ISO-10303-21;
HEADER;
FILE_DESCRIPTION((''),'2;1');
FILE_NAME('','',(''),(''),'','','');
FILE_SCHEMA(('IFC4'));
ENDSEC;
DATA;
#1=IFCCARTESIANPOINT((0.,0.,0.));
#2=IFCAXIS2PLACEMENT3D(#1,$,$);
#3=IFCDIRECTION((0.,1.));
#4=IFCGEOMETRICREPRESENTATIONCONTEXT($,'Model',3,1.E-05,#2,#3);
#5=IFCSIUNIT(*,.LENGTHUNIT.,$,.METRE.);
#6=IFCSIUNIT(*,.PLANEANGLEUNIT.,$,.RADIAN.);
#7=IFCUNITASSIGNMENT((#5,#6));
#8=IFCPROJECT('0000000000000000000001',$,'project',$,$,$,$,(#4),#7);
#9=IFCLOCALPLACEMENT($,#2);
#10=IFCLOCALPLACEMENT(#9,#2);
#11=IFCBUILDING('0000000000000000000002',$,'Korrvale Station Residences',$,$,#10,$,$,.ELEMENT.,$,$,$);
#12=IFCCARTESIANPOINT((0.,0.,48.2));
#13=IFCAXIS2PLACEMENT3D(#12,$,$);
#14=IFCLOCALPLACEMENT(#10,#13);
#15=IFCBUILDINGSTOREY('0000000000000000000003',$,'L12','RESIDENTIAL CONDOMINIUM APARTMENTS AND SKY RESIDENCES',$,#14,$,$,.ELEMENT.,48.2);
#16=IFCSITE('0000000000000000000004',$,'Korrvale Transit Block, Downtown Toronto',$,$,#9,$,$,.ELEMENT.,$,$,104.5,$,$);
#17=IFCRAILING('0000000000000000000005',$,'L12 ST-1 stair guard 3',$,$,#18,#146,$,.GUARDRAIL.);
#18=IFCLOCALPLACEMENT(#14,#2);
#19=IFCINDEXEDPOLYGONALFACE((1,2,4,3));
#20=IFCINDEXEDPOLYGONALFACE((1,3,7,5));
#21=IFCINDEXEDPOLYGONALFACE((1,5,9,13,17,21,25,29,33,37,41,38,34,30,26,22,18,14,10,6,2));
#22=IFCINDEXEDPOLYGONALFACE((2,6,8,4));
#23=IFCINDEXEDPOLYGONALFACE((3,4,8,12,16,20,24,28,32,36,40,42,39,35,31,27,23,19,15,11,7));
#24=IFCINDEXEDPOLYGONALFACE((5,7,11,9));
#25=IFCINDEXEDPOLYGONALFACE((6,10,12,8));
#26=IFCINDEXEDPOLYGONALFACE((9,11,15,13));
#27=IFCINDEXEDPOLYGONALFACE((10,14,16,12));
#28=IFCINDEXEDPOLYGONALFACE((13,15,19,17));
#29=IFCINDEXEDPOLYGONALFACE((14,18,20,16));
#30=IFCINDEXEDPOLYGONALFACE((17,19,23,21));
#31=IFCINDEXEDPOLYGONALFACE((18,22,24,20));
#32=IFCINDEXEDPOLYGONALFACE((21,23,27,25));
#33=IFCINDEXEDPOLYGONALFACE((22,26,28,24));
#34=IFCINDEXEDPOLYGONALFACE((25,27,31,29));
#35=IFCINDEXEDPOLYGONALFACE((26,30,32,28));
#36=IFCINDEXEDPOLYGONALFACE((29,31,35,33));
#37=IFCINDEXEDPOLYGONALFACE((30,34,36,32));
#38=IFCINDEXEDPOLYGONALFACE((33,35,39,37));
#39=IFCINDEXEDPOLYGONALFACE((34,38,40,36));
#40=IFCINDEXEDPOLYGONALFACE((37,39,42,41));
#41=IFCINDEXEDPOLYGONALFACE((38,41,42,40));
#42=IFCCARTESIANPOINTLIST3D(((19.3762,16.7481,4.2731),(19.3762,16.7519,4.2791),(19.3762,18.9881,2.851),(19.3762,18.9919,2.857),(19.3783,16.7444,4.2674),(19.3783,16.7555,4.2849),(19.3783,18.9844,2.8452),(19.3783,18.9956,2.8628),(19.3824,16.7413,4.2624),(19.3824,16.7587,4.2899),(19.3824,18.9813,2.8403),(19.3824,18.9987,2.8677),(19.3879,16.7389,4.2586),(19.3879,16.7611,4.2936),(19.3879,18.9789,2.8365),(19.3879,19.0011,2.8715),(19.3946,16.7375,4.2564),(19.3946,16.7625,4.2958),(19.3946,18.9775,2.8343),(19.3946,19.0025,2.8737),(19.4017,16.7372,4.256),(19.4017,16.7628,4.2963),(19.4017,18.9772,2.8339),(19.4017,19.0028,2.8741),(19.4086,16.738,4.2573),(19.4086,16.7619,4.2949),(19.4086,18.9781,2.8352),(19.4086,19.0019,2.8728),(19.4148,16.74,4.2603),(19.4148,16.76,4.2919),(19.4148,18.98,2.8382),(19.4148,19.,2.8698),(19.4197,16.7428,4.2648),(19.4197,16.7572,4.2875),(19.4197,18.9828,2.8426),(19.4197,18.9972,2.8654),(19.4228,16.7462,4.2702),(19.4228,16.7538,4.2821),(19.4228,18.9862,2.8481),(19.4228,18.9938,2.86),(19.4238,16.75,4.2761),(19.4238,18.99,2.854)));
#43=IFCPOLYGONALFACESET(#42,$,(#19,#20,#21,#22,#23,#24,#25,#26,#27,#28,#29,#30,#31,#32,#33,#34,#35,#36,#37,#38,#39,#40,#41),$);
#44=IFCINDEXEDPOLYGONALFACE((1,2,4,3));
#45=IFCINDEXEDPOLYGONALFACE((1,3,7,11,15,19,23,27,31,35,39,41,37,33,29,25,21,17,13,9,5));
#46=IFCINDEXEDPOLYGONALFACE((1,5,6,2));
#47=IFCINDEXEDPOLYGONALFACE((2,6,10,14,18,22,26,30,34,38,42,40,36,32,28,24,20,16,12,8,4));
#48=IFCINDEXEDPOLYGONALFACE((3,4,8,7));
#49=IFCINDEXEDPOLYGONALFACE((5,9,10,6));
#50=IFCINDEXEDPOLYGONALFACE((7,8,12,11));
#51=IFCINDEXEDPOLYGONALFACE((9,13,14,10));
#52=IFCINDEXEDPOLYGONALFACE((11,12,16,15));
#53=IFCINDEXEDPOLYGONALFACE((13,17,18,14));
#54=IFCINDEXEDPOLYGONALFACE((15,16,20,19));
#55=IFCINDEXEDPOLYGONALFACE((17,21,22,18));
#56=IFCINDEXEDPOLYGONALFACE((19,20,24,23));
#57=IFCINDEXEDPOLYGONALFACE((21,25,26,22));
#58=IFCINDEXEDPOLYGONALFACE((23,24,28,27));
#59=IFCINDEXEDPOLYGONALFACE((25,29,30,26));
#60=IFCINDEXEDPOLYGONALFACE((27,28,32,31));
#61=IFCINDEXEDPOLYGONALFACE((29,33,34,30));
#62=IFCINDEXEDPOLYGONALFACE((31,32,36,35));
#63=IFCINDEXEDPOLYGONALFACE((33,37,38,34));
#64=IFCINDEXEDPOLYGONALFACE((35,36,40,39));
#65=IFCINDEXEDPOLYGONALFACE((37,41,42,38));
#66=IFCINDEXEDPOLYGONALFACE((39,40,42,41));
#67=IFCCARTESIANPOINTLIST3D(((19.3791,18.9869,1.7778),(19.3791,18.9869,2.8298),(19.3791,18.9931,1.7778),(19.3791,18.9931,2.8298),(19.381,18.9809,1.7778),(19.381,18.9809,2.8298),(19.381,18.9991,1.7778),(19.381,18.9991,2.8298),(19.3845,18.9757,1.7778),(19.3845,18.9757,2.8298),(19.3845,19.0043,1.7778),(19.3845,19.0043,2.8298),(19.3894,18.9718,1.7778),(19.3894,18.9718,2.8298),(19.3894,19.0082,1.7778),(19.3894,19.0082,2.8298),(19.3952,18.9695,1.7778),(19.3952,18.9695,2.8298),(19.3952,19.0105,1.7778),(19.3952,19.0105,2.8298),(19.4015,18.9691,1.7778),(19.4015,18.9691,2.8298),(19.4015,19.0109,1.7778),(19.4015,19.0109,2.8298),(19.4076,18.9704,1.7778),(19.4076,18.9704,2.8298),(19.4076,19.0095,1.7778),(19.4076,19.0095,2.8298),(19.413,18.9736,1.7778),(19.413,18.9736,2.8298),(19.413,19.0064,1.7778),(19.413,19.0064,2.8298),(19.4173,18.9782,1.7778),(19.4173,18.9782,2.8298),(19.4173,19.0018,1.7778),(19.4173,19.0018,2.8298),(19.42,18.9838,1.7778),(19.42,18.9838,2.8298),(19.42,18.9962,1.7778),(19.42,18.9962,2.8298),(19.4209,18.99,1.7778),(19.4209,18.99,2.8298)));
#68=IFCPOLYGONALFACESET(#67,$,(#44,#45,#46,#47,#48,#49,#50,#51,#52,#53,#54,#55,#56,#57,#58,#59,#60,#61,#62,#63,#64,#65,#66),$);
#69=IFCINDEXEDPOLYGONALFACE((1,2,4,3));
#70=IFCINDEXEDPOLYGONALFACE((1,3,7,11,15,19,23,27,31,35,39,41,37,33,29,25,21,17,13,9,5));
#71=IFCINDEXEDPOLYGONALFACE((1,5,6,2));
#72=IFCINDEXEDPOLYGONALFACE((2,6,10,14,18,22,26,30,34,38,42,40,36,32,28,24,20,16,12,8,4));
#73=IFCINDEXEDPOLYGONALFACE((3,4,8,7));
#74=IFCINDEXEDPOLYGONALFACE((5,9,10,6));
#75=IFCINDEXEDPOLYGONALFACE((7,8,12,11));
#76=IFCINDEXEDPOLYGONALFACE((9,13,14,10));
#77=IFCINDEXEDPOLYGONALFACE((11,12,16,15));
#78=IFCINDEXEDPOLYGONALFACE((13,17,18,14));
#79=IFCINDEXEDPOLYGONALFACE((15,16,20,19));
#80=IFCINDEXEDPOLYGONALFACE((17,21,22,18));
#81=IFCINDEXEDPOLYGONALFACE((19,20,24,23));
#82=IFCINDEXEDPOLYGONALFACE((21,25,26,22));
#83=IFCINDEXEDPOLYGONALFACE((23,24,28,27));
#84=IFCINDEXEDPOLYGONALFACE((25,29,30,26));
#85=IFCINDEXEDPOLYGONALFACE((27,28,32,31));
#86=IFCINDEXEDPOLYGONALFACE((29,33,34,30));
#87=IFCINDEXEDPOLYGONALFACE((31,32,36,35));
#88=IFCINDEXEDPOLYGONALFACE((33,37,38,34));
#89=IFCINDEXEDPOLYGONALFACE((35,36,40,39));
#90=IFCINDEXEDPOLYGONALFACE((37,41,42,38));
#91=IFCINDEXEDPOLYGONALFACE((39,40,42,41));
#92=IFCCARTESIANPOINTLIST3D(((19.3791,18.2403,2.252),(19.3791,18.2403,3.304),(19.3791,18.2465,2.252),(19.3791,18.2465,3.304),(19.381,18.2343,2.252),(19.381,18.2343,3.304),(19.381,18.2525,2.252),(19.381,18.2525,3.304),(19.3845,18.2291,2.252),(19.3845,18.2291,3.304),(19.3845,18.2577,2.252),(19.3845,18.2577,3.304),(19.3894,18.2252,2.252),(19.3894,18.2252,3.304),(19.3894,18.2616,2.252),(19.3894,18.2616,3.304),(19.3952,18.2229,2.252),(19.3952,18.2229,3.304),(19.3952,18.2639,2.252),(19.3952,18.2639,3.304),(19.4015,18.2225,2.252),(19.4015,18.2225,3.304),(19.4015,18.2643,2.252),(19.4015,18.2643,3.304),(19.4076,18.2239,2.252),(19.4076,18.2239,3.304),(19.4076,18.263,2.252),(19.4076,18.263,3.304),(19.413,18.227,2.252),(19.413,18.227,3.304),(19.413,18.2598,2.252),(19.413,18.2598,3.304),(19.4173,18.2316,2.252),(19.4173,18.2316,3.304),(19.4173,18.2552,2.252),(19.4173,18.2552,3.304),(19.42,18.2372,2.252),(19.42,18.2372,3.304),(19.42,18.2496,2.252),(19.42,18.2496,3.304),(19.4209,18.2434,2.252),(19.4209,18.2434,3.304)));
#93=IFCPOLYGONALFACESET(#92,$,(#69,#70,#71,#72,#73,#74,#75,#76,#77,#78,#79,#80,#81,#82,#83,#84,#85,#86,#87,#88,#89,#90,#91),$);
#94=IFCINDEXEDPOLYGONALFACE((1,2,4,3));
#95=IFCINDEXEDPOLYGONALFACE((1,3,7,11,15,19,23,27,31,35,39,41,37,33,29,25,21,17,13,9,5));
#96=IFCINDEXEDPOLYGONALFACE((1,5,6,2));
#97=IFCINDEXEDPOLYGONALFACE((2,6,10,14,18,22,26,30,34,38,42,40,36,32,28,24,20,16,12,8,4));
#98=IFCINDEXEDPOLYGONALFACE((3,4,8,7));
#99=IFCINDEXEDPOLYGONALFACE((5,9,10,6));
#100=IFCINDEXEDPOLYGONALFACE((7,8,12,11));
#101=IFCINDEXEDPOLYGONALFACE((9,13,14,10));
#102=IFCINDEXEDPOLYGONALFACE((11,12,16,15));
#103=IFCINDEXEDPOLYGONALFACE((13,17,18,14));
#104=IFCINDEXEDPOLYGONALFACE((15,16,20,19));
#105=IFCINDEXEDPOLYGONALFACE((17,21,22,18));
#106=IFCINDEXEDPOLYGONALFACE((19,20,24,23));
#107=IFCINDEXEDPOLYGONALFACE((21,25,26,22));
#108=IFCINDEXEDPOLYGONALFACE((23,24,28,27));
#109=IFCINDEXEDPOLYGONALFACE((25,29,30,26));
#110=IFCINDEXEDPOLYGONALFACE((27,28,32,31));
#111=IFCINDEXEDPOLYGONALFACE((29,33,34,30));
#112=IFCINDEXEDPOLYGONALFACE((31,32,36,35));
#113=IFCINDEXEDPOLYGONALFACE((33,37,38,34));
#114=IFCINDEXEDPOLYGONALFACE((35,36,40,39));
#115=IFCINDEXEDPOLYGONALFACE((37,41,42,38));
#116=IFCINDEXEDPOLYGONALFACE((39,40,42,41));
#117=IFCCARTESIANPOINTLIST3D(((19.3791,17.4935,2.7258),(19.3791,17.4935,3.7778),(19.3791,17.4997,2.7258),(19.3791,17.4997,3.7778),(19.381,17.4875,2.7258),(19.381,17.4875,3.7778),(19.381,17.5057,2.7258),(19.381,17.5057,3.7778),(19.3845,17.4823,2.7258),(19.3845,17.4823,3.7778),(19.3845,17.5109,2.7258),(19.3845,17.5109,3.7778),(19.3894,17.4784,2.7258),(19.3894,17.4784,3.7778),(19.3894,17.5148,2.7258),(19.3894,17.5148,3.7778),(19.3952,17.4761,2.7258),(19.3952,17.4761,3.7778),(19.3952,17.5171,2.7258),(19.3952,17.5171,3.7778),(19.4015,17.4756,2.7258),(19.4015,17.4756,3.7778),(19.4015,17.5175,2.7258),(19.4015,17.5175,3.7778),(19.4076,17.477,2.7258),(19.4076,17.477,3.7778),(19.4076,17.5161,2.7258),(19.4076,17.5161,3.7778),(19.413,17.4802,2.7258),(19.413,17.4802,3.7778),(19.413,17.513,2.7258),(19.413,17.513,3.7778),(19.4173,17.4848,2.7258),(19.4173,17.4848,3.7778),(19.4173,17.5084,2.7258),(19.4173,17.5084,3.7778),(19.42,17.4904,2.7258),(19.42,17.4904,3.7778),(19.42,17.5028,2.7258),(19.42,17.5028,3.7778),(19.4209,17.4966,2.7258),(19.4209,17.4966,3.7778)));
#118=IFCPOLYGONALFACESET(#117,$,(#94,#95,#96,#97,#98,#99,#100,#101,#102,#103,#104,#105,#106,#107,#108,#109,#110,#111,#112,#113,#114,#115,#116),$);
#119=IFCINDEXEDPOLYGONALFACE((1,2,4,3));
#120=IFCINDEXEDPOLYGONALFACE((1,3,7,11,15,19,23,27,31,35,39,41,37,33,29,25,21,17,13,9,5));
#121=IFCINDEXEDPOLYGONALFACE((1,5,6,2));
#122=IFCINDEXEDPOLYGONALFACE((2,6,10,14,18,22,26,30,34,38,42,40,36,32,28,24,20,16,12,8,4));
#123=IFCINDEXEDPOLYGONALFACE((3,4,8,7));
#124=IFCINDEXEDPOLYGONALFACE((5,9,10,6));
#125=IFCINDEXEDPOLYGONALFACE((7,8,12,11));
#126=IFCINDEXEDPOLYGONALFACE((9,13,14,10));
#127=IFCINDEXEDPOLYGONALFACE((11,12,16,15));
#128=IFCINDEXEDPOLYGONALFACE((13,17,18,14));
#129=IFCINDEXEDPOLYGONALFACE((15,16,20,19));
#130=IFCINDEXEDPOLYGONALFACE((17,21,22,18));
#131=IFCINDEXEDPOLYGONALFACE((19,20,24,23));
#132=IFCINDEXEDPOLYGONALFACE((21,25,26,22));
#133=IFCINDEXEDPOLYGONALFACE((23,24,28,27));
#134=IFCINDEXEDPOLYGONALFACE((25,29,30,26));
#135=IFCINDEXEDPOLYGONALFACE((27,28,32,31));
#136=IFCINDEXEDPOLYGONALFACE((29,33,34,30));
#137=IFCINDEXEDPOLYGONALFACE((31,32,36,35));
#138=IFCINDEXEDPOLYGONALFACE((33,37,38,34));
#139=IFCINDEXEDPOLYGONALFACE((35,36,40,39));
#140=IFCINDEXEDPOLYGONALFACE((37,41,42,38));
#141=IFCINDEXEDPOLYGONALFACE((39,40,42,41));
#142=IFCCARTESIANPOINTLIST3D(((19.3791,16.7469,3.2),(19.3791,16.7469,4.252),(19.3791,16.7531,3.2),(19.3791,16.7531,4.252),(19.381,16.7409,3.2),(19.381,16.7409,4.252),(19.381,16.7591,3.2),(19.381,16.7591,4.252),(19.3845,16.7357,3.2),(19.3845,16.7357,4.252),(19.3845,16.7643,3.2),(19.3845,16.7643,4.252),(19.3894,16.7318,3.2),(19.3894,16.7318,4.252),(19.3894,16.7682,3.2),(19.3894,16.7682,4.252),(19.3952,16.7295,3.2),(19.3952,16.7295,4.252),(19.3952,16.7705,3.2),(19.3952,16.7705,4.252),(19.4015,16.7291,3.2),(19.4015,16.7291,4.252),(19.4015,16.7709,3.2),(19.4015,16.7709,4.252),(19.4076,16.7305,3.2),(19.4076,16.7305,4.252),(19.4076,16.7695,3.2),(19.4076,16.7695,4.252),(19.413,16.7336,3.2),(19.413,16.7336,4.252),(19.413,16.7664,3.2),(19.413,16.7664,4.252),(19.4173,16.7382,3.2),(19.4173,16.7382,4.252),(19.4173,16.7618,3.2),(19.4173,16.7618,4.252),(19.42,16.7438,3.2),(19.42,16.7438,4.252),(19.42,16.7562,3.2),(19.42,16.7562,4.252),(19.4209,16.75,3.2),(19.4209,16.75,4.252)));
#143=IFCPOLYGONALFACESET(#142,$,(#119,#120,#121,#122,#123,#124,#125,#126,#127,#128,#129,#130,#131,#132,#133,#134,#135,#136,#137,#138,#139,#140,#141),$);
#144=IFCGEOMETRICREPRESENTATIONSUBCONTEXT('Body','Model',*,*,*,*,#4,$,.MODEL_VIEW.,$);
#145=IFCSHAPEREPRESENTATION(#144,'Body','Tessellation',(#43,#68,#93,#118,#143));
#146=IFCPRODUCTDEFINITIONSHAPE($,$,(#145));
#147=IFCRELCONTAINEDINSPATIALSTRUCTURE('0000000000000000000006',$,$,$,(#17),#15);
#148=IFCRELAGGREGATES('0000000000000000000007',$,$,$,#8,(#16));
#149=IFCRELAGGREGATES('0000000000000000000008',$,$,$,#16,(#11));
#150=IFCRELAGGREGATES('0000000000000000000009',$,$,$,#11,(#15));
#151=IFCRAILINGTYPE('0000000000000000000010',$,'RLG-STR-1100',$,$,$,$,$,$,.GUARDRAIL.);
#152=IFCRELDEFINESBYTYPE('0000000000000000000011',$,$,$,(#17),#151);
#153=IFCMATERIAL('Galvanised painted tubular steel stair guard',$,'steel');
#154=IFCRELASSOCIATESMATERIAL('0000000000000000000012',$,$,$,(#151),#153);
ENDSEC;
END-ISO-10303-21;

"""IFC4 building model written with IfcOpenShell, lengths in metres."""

from ifc_helpers import new_model, si_unit, direction, frame, origin, origin_2d, place, context, subcontext, project, spatial, circle, extrude, material, type_object, element, save


model = new_model("IFC4")

# Units and contexts
model_context = context("Model", 3, precision=1e-05, world=origin(), true_north=direction((0.0, 1.0)))
body_context = subcontext(model_context, "Body", "Model", "MODEL_VIEW")
ifc_project = project(units=[si_unit("LENGTHUNIT", "METRE"), si_unit("PLANEANGLEUNIT", "RADIAN")], contexts=[model_context])

# Site, building, storey
site_placement = place(None, origin())
site = spatial("IfcSite", under=ifc_project, at=site_placement, Name="Korrvale Transit Block, Downtown Toronto", CompositionType="ELEMENT", RefElevation=104.5)
building_placement = place(site_placement, origin())
building = spatial("IfcBuilding", under=site, at=building_placement, Name="Korrvale Station Residences", CompositionType="ELEMENT")
storey_placement = place(building_placement, frame((0.0, 0.0, 48.2)))
storey = spatial("IfcBuildingStorey", under=building, at=storey_placement, Name="L12", Description="RESIDENTIAL CONDOMINIUM APARTMENTS AND SKY RESIDENCES", CompositionType="ELEMENT", Elevation=48.2)

# Railing
ifc_material_1 = material(Name="Galvanised painted tubular steel stair guard", Category="steel")
railing_type_1 = type_object("IfcRailingType", Name="RLG-STR-1100", PredefinedType="GUARDRAIL", material=ifc_material_1)
railing_1_placement = place(storey_placement, frame((19.3999, 18.99, 1.7778)))
element("IfcRailing", 1, at=railing_1_placement, inside=storey, type_object=railing_type_1, Name="L12 ST-1 stair guard 3", PredefinedType="GUARDRAIL", context=body_context, shape_type="SweptSolid", body=[
    extrude(circle(Radius=0.0239, at=origin_2d()), frame((0.0, 0.0, 1.0762), z_axis=(0.0, -0.844229, 0.535982), x_axis=(1.0, 0.0, 0.0)), (0.0, 0.0, 1.0), 2.6533),
    extrude(circle(Radius=0.021, at=origin_2d()), origin(), (0.0, 0.0, 1.0), 1.052),
    extrude(circle(Radius=0.021, at=origin_2d()), frame((0.0, -0.7466, 0.4741)), (0.0, 0.0, 1.0), 1.052),
    extrude(circle(Radius=0.021, at=origin_2d()), frame((0.0, -1.4934, 0.948)), (0.0, 0.0, 1.0), 1.052),
    extrude(circle(Radius=0.021, at=origin_2d()), frame((0.0, -2.24, 1.4221)), (0.0, 0.0, 1.0), 1.052),
])

save(model, "model.ifc")
